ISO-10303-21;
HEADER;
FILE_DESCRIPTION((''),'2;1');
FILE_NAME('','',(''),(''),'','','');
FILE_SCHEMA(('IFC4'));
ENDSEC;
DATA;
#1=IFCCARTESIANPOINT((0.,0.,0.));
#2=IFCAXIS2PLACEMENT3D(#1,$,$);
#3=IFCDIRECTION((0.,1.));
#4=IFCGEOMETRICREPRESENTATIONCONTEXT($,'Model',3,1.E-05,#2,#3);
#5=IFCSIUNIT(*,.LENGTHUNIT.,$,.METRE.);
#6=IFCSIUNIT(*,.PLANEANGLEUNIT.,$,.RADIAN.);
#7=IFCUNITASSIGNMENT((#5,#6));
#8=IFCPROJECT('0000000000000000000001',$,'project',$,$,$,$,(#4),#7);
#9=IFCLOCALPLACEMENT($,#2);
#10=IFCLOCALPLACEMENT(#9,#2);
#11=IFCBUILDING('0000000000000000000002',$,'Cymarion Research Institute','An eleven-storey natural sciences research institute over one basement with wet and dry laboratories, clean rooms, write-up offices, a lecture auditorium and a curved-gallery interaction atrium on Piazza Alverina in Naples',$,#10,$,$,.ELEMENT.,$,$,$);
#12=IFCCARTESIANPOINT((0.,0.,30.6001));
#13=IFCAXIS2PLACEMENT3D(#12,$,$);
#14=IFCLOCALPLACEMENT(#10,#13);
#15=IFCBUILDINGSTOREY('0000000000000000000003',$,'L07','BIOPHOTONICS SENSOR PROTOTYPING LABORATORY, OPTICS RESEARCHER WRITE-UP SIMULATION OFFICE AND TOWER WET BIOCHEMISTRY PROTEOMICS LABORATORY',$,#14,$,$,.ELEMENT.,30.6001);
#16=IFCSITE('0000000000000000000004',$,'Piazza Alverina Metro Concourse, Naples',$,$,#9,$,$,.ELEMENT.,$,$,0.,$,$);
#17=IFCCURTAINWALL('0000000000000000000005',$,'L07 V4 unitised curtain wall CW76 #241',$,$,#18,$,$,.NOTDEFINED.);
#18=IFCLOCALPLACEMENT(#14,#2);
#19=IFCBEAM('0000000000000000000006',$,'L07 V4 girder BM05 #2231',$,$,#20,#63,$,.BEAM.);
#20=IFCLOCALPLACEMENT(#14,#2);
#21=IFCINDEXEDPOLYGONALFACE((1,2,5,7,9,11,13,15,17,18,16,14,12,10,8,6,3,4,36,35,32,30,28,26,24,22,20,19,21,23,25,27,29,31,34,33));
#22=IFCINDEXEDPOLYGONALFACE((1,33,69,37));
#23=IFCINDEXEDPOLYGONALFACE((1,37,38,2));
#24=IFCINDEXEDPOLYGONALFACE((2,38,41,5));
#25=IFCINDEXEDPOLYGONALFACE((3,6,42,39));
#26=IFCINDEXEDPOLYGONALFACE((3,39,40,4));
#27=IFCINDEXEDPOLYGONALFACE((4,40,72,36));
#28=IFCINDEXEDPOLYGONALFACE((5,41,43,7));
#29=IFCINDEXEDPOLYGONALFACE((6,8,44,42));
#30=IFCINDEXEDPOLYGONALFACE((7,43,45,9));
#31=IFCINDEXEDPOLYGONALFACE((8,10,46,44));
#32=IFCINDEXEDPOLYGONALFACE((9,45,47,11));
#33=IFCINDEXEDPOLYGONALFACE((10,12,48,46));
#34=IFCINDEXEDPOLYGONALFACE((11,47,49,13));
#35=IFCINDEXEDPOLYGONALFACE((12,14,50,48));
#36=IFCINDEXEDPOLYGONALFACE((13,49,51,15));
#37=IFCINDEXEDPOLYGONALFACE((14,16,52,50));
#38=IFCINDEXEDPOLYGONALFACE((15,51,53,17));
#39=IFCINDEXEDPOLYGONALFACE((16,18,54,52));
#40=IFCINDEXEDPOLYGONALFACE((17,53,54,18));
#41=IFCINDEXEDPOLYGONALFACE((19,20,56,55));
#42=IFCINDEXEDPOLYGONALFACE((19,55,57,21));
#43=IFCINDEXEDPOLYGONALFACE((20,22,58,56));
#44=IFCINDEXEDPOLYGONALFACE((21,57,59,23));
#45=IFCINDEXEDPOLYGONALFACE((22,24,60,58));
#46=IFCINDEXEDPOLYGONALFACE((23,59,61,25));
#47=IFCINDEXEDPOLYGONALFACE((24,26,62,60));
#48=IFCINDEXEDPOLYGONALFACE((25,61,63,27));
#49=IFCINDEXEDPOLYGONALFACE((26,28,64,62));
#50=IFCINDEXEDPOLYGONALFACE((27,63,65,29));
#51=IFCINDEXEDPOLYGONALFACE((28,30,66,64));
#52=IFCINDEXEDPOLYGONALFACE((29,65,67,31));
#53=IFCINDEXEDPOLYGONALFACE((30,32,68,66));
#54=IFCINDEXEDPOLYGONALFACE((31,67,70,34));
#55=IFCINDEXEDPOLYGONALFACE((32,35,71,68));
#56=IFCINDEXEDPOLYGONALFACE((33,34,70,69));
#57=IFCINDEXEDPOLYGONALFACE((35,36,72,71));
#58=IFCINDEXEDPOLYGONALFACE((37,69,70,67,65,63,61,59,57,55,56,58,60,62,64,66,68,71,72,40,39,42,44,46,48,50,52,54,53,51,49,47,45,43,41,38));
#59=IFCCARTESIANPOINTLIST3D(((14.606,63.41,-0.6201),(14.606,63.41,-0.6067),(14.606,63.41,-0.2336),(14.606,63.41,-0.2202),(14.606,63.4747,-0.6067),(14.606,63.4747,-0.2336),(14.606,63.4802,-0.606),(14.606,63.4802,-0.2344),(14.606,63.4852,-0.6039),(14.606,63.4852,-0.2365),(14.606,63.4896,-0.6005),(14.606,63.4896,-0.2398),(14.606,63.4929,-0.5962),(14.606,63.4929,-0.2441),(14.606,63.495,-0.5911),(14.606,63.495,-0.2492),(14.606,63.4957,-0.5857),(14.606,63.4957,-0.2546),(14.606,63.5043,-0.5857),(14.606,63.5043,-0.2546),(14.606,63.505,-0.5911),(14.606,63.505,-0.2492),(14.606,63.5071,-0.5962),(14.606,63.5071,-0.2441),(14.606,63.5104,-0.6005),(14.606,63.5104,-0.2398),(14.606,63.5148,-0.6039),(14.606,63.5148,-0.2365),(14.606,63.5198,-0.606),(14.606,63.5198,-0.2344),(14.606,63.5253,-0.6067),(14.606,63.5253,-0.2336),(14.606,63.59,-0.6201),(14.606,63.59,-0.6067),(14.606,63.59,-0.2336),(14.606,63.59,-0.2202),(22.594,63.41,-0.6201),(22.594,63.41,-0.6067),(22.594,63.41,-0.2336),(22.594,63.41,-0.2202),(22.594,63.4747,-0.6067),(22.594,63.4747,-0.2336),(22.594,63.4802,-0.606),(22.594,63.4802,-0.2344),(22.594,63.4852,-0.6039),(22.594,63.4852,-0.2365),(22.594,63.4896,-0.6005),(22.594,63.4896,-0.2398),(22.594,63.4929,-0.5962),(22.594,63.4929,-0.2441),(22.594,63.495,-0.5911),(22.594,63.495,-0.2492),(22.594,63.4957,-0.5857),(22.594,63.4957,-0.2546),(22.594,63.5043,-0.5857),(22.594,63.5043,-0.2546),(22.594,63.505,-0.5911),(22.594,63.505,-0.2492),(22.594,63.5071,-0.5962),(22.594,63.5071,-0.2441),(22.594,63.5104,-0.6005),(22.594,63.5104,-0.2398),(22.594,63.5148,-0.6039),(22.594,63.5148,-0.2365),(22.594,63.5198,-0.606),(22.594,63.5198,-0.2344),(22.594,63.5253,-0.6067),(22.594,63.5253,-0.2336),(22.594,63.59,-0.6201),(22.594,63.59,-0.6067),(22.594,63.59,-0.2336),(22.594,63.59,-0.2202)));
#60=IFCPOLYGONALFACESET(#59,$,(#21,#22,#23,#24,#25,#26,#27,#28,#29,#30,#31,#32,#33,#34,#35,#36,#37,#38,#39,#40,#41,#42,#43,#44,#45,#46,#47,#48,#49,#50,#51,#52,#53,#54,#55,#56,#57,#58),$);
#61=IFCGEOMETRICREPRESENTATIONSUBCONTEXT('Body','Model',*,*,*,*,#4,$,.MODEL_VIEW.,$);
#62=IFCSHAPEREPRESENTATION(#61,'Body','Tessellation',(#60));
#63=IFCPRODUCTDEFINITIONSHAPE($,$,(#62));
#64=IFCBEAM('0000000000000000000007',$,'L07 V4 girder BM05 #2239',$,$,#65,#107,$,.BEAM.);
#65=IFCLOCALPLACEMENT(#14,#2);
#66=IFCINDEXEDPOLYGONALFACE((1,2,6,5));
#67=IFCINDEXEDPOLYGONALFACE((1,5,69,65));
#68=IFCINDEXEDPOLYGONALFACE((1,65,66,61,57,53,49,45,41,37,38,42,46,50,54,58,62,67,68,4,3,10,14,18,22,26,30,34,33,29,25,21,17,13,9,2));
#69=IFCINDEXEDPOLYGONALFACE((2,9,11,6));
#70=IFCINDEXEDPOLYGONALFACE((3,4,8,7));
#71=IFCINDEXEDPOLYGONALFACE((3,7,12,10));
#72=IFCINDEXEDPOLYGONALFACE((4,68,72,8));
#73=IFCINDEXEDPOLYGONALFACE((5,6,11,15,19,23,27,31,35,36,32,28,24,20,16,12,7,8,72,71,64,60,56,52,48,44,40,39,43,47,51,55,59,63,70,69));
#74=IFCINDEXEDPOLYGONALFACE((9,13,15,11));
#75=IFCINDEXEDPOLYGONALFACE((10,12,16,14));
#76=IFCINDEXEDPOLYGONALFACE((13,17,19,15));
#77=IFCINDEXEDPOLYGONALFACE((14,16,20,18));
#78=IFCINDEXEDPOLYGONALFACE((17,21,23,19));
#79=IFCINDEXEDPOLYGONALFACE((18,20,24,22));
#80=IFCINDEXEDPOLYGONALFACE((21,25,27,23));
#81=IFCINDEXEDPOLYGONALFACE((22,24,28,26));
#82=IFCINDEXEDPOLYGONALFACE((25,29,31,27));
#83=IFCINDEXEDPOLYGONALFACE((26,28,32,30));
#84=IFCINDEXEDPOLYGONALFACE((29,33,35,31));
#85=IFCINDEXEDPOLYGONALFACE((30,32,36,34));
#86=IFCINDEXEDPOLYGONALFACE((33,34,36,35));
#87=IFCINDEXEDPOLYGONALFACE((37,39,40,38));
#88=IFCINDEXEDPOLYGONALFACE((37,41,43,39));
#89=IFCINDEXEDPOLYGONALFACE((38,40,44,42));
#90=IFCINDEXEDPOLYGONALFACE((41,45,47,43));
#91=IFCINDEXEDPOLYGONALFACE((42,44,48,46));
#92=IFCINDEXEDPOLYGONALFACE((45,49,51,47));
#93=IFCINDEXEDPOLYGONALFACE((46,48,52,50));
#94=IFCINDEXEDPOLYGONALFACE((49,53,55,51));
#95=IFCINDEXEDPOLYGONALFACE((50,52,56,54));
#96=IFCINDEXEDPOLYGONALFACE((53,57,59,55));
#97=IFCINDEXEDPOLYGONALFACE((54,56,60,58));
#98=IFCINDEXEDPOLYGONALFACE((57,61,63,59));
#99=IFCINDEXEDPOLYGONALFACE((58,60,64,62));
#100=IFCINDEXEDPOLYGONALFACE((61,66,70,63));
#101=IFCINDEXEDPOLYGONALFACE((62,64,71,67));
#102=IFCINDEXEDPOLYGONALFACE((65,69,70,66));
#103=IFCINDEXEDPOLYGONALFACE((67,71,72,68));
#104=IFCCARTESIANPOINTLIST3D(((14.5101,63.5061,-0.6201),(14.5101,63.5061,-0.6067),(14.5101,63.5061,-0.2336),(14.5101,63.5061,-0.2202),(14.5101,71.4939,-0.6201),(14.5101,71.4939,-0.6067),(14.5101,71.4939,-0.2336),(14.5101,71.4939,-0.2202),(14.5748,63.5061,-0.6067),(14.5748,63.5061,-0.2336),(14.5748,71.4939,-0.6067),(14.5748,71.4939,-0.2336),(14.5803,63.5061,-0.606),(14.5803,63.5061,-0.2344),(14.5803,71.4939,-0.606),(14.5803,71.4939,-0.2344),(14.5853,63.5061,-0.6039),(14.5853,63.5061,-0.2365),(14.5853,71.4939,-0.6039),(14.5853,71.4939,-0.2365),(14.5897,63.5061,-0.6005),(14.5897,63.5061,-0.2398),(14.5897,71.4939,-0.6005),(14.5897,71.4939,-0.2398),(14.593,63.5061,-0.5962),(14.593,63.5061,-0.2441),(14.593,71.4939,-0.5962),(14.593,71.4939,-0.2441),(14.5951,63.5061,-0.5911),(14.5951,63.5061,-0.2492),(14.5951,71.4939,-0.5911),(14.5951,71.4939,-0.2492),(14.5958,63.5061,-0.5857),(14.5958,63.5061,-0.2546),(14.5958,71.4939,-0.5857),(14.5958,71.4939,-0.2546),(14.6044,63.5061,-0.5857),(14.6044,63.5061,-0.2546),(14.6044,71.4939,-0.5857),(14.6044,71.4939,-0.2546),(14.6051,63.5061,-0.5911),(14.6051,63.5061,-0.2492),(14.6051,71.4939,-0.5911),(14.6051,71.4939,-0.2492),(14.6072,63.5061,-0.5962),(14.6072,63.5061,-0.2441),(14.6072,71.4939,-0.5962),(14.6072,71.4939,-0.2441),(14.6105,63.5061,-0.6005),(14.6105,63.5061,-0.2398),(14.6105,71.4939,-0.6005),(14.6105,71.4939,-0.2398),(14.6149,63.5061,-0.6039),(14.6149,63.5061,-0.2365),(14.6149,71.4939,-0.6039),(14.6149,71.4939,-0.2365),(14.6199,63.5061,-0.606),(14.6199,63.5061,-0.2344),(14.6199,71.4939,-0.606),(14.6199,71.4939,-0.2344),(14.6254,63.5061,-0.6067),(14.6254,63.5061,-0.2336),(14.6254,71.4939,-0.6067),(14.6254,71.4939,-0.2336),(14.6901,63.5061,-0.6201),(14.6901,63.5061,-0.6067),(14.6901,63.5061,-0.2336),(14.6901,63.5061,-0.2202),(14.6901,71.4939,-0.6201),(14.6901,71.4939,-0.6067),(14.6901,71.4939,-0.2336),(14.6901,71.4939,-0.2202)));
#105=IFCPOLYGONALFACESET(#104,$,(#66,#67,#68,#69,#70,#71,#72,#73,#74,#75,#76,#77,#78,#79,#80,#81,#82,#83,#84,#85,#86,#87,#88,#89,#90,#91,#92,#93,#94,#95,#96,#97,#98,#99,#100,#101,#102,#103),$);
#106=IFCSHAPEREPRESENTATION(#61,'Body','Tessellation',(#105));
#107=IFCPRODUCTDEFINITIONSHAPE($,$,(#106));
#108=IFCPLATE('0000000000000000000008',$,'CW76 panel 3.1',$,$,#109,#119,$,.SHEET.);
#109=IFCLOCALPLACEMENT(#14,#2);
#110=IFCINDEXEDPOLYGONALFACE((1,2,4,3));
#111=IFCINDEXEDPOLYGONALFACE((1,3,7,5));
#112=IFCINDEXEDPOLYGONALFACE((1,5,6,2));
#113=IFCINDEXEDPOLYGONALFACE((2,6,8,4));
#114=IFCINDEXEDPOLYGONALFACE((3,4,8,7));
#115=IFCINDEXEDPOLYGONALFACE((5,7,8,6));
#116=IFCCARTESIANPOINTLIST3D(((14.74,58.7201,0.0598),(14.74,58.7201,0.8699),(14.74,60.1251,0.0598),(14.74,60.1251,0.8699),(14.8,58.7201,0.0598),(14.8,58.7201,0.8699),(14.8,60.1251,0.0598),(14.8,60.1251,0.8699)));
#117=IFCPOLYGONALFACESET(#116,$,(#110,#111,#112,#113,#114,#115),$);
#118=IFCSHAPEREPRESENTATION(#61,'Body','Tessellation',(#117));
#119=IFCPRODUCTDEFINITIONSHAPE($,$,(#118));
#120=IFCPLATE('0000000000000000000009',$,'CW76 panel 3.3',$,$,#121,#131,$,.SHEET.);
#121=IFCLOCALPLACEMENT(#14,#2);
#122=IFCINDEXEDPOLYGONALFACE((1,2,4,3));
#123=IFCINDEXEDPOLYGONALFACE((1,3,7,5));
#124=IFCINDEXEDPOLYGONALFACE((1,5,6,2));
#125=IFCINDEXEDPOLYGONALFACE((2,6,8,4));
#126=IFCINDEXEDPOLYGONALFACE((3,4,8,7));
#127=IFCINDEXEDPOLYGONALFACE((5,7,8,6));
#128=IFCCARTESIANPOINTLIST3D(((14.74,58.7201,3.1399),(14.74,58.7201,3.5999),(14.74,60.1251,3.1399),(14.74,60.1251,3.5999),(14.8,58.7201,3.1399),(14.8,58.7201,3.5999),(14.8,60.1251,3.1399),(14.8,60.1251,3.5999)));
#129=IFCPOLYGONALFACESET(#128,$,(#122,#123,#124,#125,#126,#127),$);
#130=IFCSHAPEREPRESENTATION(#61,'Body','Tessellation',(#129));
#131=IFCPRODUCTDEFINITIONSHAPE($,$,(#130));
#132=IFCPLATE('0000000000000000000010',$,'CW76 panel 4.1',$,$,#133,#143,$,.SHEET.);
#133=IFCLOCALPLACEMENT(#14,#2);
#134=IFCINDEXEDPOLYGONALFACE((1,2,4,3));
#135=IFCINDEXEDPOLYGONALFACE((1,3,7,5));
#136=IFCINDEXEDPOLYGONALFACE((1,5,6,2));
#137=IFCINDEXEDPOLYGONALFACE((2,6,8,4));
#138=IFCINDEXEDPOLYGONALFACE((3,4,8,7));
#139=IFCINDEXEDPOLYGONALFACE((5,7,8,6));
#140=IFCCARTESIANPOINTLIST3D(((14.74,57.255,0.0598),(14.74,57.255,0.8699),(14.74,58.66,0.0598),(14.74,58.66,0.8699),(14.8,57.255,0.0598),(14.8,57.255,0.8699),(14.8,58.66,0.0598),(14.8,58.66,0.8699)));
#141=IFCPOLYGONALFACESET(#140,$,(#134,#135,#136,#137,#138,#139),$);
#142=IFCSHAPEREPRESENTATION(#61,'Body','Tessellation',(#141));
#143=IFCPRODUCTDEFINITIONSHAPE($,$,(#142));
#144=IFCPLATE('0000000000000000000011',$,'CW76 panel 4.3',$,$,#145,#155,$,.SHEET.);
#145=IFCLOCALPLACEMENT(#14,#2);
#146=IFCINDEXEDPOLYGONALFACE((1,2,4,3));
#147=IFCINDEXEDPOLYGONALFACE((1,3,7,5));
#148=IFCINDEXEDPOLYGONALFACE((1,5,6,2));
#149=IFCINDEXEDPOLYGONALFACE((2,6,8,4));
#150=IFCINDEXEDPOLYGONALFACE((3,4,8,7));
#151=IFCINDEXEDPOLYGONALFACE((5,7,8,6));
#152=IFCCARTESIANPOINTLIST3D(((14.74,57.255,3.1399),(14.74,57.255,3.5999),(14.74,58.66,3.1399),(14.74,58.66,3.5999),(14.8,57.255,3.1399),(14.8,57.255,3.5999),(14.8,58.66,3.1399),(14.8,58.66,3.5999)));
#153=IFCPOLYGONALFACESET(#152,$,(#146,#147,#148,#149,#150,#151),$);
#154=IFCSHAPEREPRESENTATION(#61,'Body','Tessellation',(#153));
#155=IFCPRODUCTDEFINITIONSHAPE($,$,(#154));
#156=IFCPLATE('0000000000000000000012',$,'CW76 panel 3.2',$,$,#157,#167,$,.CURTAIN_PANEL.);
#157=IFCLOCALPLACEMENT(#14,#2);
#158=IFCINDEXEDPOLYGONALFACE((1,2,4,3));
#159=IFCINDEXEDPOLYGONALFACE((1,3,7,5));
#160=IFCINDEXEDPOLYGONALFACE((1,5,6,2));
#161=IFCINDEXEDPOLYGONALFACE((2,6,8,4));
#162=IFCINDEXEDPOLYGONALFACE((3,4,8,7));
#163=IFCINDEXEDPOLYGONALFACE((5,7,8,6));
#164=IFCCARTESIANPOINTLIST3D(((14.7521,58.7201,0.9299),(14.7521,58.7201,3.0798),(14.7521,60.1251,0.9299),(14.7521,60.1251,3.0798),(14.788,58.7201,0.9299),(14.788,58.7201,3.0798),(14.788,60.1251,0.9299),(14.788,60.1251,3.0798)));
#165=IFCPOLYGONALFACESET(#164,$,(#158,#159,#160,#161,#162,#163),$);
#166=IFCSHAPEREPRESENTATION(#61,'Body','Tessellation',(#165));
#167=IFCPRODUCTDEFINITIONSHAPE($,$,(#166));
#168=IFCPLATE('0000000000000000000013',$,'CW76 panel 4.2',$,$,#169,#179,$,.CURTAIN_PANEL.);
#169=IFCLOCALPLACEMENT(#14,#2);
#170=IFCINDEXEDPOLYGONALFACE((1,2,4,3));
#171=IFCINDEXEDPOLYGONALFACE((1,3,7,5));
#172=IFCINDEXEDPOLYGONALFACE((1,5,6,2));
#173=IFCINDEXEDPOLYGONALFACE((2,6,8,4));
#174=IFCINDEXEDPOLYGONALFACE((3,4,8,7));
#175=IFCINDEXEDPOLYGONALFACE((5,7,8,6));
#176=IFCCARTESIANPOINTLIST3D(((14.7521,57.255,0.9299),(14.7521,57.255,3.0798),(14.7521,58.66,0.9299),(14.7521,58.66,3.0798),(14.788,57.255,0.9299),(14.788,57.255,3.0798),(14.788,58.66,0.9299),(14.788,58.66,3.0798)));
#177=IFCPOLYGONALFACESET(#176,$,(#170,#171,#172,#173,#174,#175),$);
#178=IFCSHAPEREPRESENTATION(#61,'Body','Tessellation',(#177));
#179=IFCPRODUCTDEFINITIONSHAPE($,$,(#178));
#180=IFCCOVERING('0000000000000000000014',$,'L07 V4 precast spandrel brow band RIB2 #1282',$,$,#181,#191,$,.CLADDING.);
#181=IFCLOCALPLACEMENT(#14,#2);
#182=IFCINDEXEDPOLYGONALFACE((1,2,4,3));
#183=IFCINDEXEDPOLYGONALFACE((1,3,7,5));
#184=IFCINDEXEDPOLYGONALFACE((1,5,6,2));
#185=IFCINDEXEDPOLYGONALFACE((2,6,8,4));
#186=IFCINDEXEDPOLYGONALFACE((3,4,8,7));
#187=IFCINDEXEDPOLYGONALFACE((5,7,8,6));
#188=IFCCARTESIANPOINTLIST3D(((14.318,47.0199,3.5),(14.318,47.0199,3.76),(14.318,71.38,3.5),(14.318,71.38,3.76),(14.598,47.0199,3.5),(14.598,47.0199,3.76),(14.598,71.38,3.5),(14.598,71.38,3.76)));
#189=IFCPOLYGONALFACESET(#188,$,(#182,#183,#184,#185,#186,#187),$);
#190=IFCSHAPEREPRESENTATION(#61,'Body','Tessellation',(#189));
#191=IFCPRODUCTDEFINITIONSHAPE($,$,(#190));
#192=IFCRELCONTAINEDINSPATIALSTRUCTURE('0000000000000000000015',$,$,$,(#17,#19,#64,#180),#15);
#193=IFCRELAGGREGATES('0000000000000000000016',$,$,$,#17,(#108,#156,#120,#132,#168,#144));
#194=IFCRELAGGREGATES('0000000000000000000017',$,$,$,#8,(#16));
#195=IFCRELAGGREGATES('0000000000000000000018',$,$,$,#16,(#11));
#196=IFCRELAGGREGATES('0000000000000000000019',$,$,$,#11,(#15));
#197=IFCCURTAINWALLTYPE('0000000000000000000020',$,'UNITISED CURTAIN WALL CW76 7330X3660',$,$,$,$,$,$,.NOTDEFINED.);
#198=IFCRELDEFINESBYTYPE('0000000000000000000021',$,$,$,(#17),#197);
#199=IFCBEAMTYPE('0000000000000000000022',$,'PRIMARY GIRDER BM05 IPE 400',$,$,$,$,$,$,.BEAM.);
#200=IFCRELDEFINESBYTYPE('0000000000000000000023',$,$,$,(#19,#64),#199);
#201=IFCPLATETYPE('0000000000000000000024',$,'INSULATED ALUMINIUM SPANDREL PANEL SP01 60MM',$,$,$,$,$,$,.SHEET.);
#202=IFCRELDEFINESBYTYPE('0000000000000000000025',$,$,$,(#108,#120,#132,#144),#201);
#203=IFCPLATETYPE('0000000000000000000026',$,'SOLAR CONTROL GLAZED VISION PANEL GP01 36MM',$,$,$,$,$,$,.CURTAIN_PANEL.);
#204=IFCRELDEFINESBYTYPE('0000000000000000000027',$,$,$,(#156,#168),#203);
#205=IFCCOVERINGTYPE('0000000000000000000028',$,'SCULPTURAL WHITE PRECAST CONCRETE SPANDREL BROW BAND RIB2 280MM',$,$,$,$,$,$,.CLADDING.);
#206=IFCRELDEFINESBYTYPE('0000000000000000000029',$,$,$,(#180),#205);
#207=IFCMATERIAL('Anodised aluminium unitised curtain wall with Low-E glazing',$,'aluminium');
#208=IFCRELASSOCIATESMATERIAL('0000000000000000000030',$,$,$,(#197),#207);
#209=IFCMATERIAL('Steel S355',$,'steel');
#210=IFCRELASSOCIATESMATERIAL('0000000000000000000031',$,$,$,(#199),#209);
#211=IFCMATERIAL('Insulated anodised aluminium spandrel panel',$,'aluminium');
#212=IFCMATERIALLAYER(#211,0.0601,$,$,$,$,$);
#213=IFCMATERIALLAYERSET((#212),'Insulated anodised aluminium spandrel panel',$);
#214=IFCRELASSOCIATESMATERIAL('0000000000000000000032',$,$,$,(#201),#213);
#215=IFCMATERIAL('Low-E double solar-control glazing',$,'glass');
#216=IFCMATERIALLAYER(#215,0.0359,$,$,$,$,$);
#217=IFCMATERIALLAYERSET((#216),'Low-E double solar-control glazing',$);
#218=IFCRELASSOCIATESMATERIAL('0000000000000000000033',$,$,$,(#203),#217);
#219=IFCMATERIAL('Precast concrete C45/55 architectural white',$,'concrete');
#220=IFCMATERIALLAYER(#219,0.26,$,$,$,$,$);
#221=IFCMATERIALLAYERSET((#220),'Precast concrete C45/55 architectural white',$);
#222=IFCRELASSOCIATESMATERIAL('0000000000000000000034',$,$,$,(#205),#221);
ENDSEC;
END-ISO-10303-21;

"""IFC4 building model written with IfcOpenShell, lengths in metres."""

from ifc_helpers import new_model, si_unit, direction, frame, origin, origin_2d, place, context, subcontext, project, spatial, rectangle, i_section, extrude, material, layer, layer_set, material_profile, profile_set, type_object, element, aggregate, save


model = new_model("IFC4")

# Units and contexts
model_context = context("Model", 3, precision=1e-05, world=origin(), true_north=direction((0.0, 1.0)))
body_context = subcontext(model_context, "Body", "Model", "MODEL_VIEW")
ifc_project = project(units=[si_unit("LENGTHUNIT", "METRE"), si_unit("PLANEANGLEUNIT", "RADIAN")], contexts=[model_context])

# Site, building, storey
site_placement = place(None, origin())
site = spatial("IfcSite", under=ifc_project, at=site_placement, Name="Piazza Alverina Metro Concourse, Naples", CompositionType="ELEMENT", RefElevation=0.0)
building_placement = place(site_placement, origin())
building = spatial("IfcBuilding", under=site, at=building_placement, Name="Cymarion Research Institute", Description="An eleven-storey natural sciences research institute over one basement with wet and dry laboratories, clean rooms, write-up offices, a lecture auditorium and a curved-gallery interaction atrium on Piazza Alverina in Naples", CompositionType="ELEMENT")
storey_placement = place(building_placement, frame((0.0, 0.0, 30.6001)))
storey = spatial("IfcBuildingStorey", under=building, at=storey_placement, Name="L07", Description="BIOPHOTONICS SENSOR PROTOTYPING LABORATORY, OPTICS RESEARCHER WRITE-UP SIMULATION OFFICE AND TOWER WET BIOCHEMISTRY PROTEOMICS LABORATORY", CompositionType="ELEMENT", Elevation=30.6001)

# Curtain wall
ifc_material_1 = material(Name="Anodised aluminium unitised curtain wall with Low-E glazing", Category="aluminium")
curtain_wall_type = type_object("IfcCurtainWallType", Name="UNITISED CURTAIN WALL CW76 7330X3660", PredefinedType="NOTDEFINED", material=ifc_material_1)
curtain_wall_placement = place(storey_placement, origin())
curtain_wall = element("IfcCurtainWall", 1, at=curtain_wall_placement, inside=storey, type_object=curtain_wall_type, Name="L07 V4 unitised curtain wall CW76 #241", PredefinedType="NOTDEFINED")

# Beams
ifc_material_2 = material(Name="Steel S355", Category="steel")
ifc_material_profile_1 = material_profile(ifc_material_2, i_section(OverallWidth=0.1799, OverallDepth=0.3999, WebThickness=0.0085, FlangeThickness=0.0134, FilletRadius=0.021, at=origin_2d()), Name="IPE 400")
ifc_profile_set_1 = profile_set([ifc_material_profile_1], Name="Steel S355")
beam_type = type_object("IfcBeamType", Name="PRIMARY GIRDER BM05 IPE 400", PredefinedType="BEAM", material=ifc_profile_set_1)
beam_1_placement = place(storey_placement, frame((14.606, 63.5, -0.4202), z_axis=(1.0, 0.0, 0.0), x_axis=(0.0, 1.0, 0.0)))
element("IfcBeam", 2, at=beam_1_placement, inside=storey, type_object=beam_type, Name="L07 V4 girder BM05 #2231", PredefinedType="BEAM", context=body_context, shape_type="SweptSolid", body=[
    extrude(i_section(OverallWidth=0.1799, OverallDepth=0.3999, WebThickness=0.0085, FlangeThickness=0.0134, FilletRadius=0.021, at=origin_2d()), origin(), (0.0, 0.0, 1.0), 7.988),
])
beam_2_placement = place(storey_placement, frame((14.6001, 63.5061, -0.4202), z_axis=(0.0, 1.0, 0.0), x_axis=(-1.0, 0.0, 0.0)))
element("IfcBeam", 3, at=beam_2_placement, inside=storey, type_object=beam_type, Name="L07 V4 girder BM05 #2239", PredefinedType="BEAM", context=body_context, shape_type="SweptSolid", body=[
    extrude(i_section(OverallWidth=0.1799, OverallDepth=0.3999, WebThickness=0.0085, FlangeThickness=0.0134, FilletRadius=0.021, at=origin_2d()), origin(), (0.0, 0.0, 1.0), 7.9878),
])

# Plates
ifc_material_3 = material(Name="Insulated anodised aluminium spandrel panel", Category="aluminium")
ifc_layer_1 = layer(ifc_material_3, 0.0601)
ifc_layer_set_1 = layer_set([ifc_layer_1], Name="Insulated anodised aluminium spandrel panel")
plate_type_1 = type_object("IfcPlateType", Name="INSULATED ALUMINIUM SPANDREL PANEL SP01 60MM", PredefinedType="SHEET", material=ifc_layer_set_1)
plate_1_placement = place(storey_placement, frame((14.77, 59.4226, 0.0598), z_axis=(0.0, 0.0, 1.0), x_axis=(0.0, -1.0, 0.0)))
plate_1 = element("IfcPlate", 4, at=plate_1_placement, type_object=plate_type_1, Name="CW76 panel 3.1", PredefinedType="SHEET", context=body_context, shape_type="SweptSolid", body=[
    extrude(rectangle(XDim=1.405, YDim=0.0601, at=origin_2d()), origin(), (0.0, 0.0, 1.0), 0.8101),
])
plate_2_placement = place(storey_placement, frame((14.77, 59.4226, 3.1399), z_axis=(0.0, 0.0, 1.0), x_axis=(0.0, -1.0, 0.0)))
plate_2 = element("IfcPlate", 5, at=plate_2_placement, type_object=plate_type_1, Name="CW76 panel 3.3", PredefinedType="SHEET", context=body_context, shape_type="SweptSolid", body=[
    extrude(rectangle(XDim=1.405, YDim=0.0601, at=origin_2d()), origin(), (0.0, 0.0, 1.0), 0.46),
])
plate_3_placement = place(storey_placement, frame((14.77, 57.9575, 0.0598), z_axis=(0.0, 0.0, 1.0), x_axis=(0.0, -1.0, 0.0)))
plate_3 = element("IfcPlate", 6, at=plate_3_placement, type_object=plate_type_1, Name="CW76 panel 4.1", PredefinedType="SHEET", context=body_context, shape_type="SweptSolid", body=[
    extrude(rectangle(XDim=1.405, YDim=0.0601, at=origin_2d()), origin(), (0.0, 0.0, 1.0), 0.8101),
])
plate_4_placement = place(storey_placement, frame((14.77, 57.9575, 3.1399), z_axis=(0.0, 0.0, 1.0), x_axis=(0.0, -1.0, 0.0)))
plate_4 = element("IfcPlate", 7, at=plate_4_placement, type_object=plate_type_1, Name="CW76 panel 4.3", PredefinedType="SHEET", context=body_context, shape_type="SweptSolid", body=[
    extrude(rectangle(XDim=1.405, YDim=0.0601, at=origin_2d()), origin(), (0.0, 0.0, 1.0), 0.46),
])
ifc_material_4 = material(Name="Low-E double solar-control glazing", Category="glass")
ifc_layer_2 = layer(ifc_material_4, 0.0359)
ifc_layer_set_2 = layer_set([ifc_layer_2], Name="Low-E double solar-control glazing")
plate_type_2 = type_object("IfcPlateType", Name="SOLAR CONTROL GLAZED VISION PANEL GP01 36MM", PredefinedType="CURTAIN_PANEL", material=ifc_layer_set_2)
plate_5_placement = place(storey_placement, frame((14.77, 59.4226, 0.9299), z_axis=(0.0, 0.0, 1.0), x_axis=(0.0, -1.0, 0.0)))
plate_5 = element("IfcPlate", 8, at=plate_5_placement, type_object=plate_type_2, Name="CW76 panel 3.2", PredefinedType="CURTAIN_PANEL", context=body_context, shape_type="SweptSolid", body=[
    extrude(rectangle(XDim=1.405, YDim=0.0359, at=origin_2d()), origin(), (0.0, 0.0, 1.0), 2.1499),
])
plate_6_placement = place(storey_placement, frame((14.77, 57.9575, 0.9299), z_axis=(0.0, 0.0, 1.0), x_axis=(0.0, -1.0, 0.0)))
plate_6 = element("IfcPlate", 9, at=plate_6_placement, type_object=plate_type_2, Name="CW76 panel 4.2", PredefinedType="CURTAIN_PANEL", context=body_context, shape_type="SweptSolid", body=[
    extrude(rectangle(XDim=1.405, YDim=0.0359, at=origin_2d()), origin(), (0.0, 0.0, 1.0), 2.1499),
])
aggregate(curtain_wall, [plate_1, plate_5, plate_2, plate_3, plate_6, plate_4])

# Covering
ifc_material_5 = material(Name="Precast concrete C45/55 architectural white", Category="concrete")
ifc_layer_3 = layer(ifc_material_5, 0.26)
ifc_layer_set_3 = layer_set([ifc_layer_3], Name="Precast concrete C45/55 architectural white")
covering_type_1 = type_object("IfcCoveringType", Name="SCULPTURAL WHITE PRECAST CONCRETE SPANDREL BROW BAND RIB2 280MM", PredefinedType="CLADDING", material=ifc_layer_set_3)
covering_placement = place(storey_placement, frame((14.458, 59.2, 3.5), z_axis=(0.0, 0.0, 1.0), x_axis=(-1.0, 0.0, 0.0)))
element("IfcCovering", 10, at=covering_placement, inside=storey, type_object=covering_type_1, Name="L07 V4 precast spandrel brow band RIB2 #1282", PredefinedType="CLADDING", context=body_context, shape_type="SweptSolid", body=[
    extrude(rectangle(XDim=0.28, YDim=24.3601, at=origin_2d()), origin(), (0.0, 0.0, 1.0), 0.26),
])

save(model, "model.ifc")
